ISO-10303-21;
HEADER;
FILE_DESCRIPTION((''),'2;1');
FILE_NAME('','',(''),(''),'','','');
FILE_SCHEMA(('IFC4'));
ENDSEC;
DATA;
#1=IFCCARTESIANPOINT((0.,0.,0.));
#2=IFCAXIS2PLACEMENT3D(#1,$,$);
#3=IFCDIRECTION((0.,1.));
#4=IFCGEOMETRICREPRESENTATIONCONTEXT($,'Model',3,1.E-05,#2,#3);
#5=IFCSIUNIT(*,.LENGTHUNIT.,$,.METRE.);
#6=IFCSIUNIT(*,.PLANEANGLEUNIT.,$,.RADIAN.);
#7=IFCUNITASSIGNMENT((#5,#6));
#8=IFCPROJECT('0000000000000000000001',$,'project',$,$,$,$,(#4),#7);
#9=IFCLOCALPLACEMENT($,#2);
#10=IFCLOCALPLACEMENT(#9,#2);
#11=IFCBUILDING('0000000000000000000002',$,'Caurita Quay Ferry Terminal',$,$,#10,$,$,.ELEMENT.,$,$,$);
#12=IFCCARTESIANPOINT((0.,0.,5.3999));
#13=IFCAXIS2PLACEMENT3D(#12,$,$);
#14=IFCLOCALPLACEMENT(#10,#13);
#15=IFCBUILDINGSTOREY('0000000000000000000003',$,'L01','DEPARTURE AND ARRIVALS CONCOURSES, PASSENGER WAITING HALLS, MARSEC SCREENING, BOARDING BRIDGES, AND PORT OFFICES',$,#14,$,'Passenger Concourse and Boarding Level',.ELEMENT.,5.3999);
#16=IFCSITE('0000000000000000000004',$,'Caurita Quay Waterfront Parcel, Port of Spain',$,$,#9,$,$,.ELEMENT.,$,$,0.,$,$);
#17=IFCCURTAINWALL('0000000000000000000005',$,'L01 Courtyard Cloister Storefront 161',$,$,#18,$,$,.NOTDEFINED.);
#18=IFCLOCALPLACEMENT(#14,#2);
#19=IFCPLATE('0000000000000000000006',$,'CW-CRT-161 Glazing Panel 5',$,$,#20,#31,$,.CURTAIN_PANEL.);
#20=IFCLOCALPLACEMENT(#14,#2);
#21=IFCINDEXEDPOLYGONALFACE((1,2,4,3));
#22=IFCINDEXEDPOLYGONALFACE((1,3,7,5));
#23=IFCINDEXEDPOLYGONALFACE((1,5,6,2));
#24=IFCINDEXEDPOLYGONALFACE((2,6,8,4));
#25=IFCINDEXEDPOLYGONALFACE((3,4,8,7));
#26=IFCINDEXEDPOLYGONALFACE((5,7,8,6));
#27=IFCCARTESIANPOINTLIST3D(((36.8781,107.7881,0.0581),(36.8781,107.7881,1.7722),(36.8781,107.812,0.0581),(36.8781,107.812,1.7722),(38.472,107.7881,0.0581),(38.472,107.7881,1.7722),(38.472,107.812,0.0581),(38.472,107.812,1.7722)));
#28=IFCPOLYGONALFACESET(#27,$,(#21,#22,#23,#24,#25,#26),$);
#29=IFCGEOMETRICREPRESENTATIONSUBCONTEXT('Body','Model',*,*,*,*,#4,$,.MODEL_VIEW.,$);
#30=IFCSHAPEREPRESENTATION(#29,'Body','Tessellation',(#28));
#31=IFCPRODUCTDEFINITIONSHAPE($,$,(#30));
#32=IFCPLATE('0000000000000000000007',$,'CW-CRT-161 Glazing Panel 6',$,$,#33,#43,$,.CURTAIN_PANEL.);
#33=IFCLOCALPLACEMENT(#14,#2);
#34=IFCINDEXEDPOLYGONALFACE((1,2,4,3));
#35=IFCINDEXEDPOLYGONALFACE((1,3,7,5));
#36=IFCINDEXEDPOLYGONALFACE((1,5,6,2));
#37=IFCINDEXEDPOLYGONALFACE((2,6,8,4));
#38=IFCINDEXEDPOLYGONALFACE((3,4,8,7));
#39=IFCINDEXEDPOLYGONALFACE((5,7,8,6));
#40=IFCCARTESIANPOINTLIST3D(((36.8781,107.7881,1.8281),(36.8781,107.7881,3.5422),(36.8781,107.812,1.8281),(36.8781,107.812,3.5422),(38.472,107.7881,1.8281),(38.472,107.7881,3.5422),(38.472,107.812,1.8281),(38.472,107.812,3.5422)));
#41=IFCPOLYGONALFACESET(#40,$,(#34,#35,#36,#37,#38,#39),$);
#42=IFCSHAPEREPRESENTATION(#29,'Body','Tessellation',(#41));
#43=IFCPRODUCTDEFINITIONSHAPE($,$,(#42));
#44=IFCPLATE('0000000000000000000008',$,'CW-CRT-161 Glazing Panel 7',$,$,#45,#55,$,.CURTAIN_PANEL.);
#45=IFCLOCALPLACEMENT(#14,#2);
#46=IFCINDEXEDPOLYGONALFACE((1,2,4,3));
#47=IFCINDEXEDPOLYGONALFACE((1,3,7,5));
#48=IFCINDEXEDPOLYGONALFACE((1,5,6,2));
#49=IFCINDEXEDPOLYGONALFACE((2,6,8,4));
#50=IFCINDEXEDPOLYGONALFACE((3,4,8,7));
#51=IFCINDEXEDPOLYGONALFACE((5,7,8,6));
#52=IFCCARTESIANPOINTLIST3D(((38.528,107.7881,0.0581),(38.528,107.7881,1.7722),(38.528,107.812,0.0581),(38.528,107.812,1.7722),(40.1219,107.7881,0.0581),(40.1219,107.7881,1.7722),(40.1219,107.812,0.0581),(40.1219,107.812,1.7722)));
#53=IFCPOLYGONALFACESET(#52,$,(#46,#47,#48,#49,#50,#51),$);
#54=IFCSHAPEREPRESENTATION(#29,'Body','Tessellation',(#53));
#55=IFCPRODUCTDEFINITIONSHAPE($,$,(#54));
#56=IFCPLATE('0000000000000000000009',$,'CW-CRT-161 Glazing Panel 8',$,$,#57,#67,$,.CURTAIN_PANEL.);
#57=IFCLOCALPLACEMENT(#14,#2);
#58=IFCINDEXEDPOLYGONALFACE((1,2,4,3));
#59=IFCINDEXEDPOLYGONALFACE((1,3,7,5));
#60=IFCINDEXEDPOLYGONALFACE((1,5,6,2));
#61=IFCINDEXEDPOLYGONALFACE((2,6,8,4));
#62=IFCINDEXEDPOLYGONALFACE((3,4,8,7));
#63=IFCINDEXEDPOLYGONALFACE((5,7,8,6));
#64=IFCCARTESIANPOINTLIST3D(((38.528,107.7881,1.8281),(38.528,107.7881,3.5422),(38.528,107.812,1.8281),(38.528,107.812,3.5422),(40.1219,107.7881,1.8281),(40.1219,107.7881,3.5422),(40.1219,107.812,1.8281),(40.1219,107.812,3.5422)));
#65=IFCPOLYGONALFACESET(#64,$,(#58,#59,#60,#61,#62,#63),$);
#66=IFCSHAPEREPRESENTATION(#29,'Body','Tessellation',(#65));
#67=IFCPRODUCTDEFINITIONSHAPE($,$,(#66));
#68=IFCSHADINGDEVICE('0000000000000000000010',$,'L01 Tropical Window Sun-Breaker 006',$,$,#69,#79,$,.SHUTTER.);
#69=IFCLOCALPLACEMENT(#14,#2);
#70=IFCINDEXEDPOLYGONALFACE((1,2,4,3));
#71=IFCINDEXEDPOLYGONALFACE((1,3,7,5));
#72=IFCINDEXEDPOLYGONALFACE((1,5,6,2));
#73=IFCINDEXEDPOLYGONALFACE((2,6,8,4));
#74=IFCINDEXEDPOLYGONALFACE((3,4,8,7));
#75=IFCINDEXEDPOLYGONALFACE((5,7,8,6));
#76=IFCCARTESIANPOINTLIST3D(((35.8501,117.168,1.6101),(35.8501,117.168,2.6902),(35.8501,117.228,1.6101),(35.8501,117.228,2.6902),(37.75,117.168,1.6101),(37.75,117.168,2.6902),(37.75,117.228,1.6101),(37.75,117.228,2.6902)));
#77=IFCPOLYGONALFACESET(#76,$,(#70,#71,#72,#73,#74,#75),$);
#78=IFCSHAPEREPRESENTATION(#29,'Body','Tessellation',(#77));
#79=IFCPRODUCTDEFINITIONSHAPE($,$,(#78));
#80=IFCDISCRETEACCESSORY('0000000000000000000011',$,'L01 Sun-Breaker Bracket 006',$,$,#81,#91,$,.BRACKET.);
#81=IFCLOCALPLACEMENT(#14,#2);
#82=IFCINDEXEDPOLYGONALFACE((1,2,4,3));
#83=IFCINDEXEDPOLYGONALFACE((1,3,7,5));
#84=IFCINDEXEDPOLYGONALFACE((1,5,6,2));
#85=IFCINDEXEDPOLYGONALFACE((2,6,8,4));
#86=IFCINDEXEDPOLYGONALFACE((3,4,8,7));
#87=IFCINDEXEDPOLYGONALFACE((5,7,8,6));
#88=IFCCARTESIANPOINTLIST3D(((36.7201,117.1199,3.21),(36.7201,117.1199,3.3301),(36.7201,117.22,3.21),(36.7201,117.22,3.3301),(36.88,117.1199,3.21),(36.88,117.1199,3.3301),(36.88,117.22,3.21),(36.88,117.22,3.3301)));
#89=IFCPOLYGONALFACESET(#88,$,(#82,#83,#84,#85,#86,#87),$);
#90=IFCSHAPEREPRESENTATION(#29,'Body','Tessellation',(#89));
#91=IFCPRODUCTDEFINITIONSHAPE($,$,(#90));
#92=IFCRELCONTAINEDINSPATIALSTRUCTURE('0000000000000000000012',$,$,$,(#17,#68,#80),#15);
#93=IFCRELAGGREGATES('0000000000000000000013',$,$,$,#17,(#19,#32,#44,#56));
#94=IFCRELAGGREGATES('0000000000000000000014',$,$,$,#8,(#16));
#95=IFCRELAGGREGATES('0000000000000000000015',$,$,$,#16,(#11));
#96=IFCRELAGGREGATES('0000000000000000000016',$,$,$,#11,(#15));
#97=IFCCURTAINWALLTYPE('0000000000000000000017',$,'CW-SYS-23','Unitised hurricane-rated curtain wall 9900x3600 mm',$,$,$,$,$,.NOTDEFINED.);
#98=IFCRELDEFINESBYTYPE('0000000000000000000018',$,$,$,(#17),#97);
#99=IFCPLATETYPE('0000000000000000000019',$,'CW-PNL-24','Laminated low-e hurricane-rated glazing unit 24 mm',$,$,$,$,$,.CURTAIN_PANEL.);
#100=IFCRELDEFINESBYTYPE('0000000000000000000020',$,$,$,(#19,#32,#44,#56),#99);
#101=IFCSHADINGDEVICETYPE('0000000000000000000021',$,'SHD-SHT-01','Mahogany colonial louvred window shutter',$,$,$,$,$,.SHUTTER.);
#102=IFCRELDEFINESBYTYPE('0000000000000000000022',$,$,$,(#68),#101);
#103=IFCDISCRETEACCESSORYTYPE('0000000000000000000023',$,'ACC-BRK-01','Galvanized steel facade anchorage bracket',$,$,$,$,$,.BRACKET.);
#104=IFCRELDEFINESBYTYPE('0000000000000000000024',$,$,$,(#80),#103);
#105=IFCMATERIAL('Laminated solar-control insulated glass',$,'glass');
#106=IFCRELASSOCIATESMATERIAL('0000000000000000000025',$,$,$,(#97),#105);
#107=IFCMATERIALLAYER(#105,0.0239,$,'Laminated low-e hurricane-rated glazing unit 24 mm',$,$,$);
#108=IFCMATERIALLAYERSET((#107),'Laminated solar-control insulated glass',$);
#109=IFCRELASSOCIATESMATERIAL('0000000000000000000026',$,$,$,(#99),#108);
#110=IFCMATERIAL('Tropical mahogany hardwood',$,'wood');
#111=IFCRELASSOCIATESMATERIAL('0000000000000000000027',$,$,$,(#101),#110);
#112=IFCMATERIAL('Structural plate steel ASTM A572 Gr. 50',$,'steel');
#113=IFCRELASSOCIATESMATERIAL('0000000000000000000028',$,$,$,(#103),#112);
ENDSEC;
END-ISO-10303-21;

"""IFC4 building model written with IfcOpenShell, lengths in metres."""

from ifc_helpers import new_model, si_unit, direction, frame, origin, origin_2d, place, context, subcontext, project, spatial, rectangle, extrude, material, layer, layer_set, type_object, element, aggregate, save


model = new_model("IFC4")

# Units and contexts
model_context = context("Model", 3, precision=1e-05, world=origin(), true_north=direction((0.0, 1.0)))
body_context = subcontext(model_context, "Body", "Model", "MODEL_VIEW")
ifc_project = project(units=[si_unit("LENGTHUNIT", "METRE"), si_unit("PLANEANGLEUNIT", "RADIAN")], contexts=[model_context])

# Site, building, storey
site_placement = place(None, origin())
site = spatial("IfcSite", under=ifc_project, at=site_placement, Name="Caurita Quay Waterfront Parcel, Port of Spain", CompositionType="ELEMENT", RefElevation=0.0)
building_placement = place(site_placement, origin())
building = spatial("IfcBuilding", under=site, at=building_placement, Name="Caurita Quay Ferry Terminal", CompositionType="ELEMENT")
storey_placement = place(building_placement, frame((0.0, 0.0, 5.3999)))
storey = spatial("IfcBuildingStorey", under=building, at=storey_placement, Name="L01", Description="DEPARTURE AND ARRIVALS CONCOURSES, PASSENGER WAITING HALLS, MARSEC SCREENING, BOARDING BRIDGES, AND PORT OFFICES", LongName="Passenger Concourse and Boarding Level", CompositionType="ELEMENT", Elevation=5.3999)

# Curtain wall, plates
ifc_material_1 = material(Name="Laminated solar-control insulated glass", Category="glass")
curtain_wall_type = type_object("IfcCurtainWallType", Name="CW-SYS-23", Description="Unitised hurricane-rated curtain wall 9900x3600 mm", PredefinedType="NOTDEFINED", material=ifc_material_1)
curtain_wall_placement = place(storey_placement, origin())
curtain_wall = element("IfcCurtainWall", 1, at=curtain_wall_placement, inside=storey, type_object=curtain_wall_type, Name="L01 Courtyard Cloister Storefront 161", PredefinedType="NOTDEFINED")
ifc_layer = layer(ifc_material_1, 0.0239, Name="Laminated low-e hurricane-rated glazing unit 24 mm")
ifc_layer_set = layer_set([ifc_layer], Name="Laminated solar-control insulated glass")
plate_type = type_object("IfcPlateType", Name="CW-PNL-24", Description="Laminated low-e hurricane-rated glazing unit 24 mm", PredefinedType="CURTAIN_PANEL", material=ifc_layer_set)
plate_1_placement = place(storey_placement, frame((37.675, 107.8, 0.0581), z_axis=(0.0, 0.0, 1.0), x_axis=(1.0, 0.0, 0.0)))
plate_1 = element("IfcPlate", 2, at=plate_1_placement, type_object=plate_type, Name="CW-CRT-161 Glazing Panel 5", PredefinedType="CURTAIN_PANEL", context=body_context, shape_type="SweptSolid", body=[
    extrude(rectangle(XDim=1.594, YDim=0.0239, at=origin_2d()), origin(), (0.0, 0.0, 1.0), 1.7141),
])
plate_2_placement = place(storey_placement, frame((37.675, 107.8, 1.8281), z_axis=(0.0, 0.0, 1.0), x_axis=(1.0, 0.0, 0.0)))
plate_2 = element("IfcPlate", 3, at=plate_2_placement, type_object=plate_type, Name="CW-CRT-161 Glazing Panel 6", PredefinedType="CURTAIN_PANEL", context=body_context, shape_type="SweptSolid", body=[
    extrude(rectangle(XDim=1.594, YDim=0.0239, at=origin_2d()), origin(), (0.0, 0.0, 1.0), 1.7141),
])
plate_3_placement = place(storey_placement, frame((39.325, 107.8, 0.0581), z_axis=(0.0, 0.0, 1.0), x_axis=(1.0, 0.0, 0.0)))
plate_3 = element("IfcPlate", 4, at=plate_3_placement, type_object=plate_type, Name="CW-CRT-161 Glazing Panel 7", PredefinedType="CURTAIN_PANEL", context=body_context, shape_type="SweptSolid", body=[
    extrude(rectangle(XDim=1.594, YDim=0.0239, at=origin_2d()), origin(), (0.0, 0.0, 1.0), 1.7141),
])
plate_4_placement = place(storey_placement, frame((39.325, 107.8, 1.8281), z_axis=(0.0, 0.0, 1.0), x_axis=(1.0, 0.0, 0.0)))
plate_4 = element("IfcPlate", 5, at=plate_4_placement, type_object=plate_type, Name="CW-CRT-161 Glazing Panel 8", PredefinedType="CURTAIN_PANEL", context=body_context, shape_type="SweptSolid", body=[
    extrude(rectangle(XDim=1.594, YDim=0.0239, at=origin_2d()), origin(), (0.0, 0.0, 1.0), 1.7141),
])
aggregate(curtain_wall, [plate_1, plate_2, plate_3, plate_4])

# Shading device
ifc_material_2 = material(Name="Tropical mahogany hardwood", Category="wood")
shading_device_type = type_object("IfcShadingDeviceType", Name="SHD-SHT-01", Description="Mahogany colonial louvred window shutter", PredefinedType="SHUTTER", material=ifc_material_2)
shading_device_placement = place(storey_placement, frame((36.8, 117.198, 1.6101), z_axis=(0.0, 0.0, 1.0), x_axis=(-1.0, 0.0, 0.0)))
element("IfcShadingDevice", 6, at=shading_device_placement, inside=storey, type_object=shading_device_type, Name="L01 Tropical Window Sun-Breaker 006", PredefinedType="SHUTTER", context=body_context, shape_type="SweptSolid", body=[
    extrude(rectangle(XDim=1.8999, YDim=0.0601, at=origin_2d()), origin(), (0.0, 0.0, 1.0), 1.0801),
])

# Discrete accessory
ifc_material_3 = material(Name="Structural plate steel ASTM A572 Gr. 50", Category="steel")
discrete_accessory_type = type_object("IfcDiscreteAccessoryType", Name="ACC-BRK-01", Description="Galvanized steel facade anchorage bracket", PredefinedType="BRACKET", material=ifc_material_3)
discrete_accessory_placement = place(storey_placement, frame((36.8, 117.1699, 3.21), z_axis=(0.0, 0.0, 1.0), x_axis=(-1.0, 0.0, 0.0)))
element("IfcDiscreteAccessory", 7, at=discrete_accessory_placement, inside=storey, type_object=discrete_accessory_type, Name="L01 Sun-Breaker Bracket 006", PredefinedType="BRACKET", context=body_context, shape_type="SweptSolid", body=[
    extrude(rectangle(XDim=0.1599, YDim=0.1001, at=origin_2d()), origin(), (0.0, 0.0, 1.0), 0.1201),
])

save(model, "model.ifc")
